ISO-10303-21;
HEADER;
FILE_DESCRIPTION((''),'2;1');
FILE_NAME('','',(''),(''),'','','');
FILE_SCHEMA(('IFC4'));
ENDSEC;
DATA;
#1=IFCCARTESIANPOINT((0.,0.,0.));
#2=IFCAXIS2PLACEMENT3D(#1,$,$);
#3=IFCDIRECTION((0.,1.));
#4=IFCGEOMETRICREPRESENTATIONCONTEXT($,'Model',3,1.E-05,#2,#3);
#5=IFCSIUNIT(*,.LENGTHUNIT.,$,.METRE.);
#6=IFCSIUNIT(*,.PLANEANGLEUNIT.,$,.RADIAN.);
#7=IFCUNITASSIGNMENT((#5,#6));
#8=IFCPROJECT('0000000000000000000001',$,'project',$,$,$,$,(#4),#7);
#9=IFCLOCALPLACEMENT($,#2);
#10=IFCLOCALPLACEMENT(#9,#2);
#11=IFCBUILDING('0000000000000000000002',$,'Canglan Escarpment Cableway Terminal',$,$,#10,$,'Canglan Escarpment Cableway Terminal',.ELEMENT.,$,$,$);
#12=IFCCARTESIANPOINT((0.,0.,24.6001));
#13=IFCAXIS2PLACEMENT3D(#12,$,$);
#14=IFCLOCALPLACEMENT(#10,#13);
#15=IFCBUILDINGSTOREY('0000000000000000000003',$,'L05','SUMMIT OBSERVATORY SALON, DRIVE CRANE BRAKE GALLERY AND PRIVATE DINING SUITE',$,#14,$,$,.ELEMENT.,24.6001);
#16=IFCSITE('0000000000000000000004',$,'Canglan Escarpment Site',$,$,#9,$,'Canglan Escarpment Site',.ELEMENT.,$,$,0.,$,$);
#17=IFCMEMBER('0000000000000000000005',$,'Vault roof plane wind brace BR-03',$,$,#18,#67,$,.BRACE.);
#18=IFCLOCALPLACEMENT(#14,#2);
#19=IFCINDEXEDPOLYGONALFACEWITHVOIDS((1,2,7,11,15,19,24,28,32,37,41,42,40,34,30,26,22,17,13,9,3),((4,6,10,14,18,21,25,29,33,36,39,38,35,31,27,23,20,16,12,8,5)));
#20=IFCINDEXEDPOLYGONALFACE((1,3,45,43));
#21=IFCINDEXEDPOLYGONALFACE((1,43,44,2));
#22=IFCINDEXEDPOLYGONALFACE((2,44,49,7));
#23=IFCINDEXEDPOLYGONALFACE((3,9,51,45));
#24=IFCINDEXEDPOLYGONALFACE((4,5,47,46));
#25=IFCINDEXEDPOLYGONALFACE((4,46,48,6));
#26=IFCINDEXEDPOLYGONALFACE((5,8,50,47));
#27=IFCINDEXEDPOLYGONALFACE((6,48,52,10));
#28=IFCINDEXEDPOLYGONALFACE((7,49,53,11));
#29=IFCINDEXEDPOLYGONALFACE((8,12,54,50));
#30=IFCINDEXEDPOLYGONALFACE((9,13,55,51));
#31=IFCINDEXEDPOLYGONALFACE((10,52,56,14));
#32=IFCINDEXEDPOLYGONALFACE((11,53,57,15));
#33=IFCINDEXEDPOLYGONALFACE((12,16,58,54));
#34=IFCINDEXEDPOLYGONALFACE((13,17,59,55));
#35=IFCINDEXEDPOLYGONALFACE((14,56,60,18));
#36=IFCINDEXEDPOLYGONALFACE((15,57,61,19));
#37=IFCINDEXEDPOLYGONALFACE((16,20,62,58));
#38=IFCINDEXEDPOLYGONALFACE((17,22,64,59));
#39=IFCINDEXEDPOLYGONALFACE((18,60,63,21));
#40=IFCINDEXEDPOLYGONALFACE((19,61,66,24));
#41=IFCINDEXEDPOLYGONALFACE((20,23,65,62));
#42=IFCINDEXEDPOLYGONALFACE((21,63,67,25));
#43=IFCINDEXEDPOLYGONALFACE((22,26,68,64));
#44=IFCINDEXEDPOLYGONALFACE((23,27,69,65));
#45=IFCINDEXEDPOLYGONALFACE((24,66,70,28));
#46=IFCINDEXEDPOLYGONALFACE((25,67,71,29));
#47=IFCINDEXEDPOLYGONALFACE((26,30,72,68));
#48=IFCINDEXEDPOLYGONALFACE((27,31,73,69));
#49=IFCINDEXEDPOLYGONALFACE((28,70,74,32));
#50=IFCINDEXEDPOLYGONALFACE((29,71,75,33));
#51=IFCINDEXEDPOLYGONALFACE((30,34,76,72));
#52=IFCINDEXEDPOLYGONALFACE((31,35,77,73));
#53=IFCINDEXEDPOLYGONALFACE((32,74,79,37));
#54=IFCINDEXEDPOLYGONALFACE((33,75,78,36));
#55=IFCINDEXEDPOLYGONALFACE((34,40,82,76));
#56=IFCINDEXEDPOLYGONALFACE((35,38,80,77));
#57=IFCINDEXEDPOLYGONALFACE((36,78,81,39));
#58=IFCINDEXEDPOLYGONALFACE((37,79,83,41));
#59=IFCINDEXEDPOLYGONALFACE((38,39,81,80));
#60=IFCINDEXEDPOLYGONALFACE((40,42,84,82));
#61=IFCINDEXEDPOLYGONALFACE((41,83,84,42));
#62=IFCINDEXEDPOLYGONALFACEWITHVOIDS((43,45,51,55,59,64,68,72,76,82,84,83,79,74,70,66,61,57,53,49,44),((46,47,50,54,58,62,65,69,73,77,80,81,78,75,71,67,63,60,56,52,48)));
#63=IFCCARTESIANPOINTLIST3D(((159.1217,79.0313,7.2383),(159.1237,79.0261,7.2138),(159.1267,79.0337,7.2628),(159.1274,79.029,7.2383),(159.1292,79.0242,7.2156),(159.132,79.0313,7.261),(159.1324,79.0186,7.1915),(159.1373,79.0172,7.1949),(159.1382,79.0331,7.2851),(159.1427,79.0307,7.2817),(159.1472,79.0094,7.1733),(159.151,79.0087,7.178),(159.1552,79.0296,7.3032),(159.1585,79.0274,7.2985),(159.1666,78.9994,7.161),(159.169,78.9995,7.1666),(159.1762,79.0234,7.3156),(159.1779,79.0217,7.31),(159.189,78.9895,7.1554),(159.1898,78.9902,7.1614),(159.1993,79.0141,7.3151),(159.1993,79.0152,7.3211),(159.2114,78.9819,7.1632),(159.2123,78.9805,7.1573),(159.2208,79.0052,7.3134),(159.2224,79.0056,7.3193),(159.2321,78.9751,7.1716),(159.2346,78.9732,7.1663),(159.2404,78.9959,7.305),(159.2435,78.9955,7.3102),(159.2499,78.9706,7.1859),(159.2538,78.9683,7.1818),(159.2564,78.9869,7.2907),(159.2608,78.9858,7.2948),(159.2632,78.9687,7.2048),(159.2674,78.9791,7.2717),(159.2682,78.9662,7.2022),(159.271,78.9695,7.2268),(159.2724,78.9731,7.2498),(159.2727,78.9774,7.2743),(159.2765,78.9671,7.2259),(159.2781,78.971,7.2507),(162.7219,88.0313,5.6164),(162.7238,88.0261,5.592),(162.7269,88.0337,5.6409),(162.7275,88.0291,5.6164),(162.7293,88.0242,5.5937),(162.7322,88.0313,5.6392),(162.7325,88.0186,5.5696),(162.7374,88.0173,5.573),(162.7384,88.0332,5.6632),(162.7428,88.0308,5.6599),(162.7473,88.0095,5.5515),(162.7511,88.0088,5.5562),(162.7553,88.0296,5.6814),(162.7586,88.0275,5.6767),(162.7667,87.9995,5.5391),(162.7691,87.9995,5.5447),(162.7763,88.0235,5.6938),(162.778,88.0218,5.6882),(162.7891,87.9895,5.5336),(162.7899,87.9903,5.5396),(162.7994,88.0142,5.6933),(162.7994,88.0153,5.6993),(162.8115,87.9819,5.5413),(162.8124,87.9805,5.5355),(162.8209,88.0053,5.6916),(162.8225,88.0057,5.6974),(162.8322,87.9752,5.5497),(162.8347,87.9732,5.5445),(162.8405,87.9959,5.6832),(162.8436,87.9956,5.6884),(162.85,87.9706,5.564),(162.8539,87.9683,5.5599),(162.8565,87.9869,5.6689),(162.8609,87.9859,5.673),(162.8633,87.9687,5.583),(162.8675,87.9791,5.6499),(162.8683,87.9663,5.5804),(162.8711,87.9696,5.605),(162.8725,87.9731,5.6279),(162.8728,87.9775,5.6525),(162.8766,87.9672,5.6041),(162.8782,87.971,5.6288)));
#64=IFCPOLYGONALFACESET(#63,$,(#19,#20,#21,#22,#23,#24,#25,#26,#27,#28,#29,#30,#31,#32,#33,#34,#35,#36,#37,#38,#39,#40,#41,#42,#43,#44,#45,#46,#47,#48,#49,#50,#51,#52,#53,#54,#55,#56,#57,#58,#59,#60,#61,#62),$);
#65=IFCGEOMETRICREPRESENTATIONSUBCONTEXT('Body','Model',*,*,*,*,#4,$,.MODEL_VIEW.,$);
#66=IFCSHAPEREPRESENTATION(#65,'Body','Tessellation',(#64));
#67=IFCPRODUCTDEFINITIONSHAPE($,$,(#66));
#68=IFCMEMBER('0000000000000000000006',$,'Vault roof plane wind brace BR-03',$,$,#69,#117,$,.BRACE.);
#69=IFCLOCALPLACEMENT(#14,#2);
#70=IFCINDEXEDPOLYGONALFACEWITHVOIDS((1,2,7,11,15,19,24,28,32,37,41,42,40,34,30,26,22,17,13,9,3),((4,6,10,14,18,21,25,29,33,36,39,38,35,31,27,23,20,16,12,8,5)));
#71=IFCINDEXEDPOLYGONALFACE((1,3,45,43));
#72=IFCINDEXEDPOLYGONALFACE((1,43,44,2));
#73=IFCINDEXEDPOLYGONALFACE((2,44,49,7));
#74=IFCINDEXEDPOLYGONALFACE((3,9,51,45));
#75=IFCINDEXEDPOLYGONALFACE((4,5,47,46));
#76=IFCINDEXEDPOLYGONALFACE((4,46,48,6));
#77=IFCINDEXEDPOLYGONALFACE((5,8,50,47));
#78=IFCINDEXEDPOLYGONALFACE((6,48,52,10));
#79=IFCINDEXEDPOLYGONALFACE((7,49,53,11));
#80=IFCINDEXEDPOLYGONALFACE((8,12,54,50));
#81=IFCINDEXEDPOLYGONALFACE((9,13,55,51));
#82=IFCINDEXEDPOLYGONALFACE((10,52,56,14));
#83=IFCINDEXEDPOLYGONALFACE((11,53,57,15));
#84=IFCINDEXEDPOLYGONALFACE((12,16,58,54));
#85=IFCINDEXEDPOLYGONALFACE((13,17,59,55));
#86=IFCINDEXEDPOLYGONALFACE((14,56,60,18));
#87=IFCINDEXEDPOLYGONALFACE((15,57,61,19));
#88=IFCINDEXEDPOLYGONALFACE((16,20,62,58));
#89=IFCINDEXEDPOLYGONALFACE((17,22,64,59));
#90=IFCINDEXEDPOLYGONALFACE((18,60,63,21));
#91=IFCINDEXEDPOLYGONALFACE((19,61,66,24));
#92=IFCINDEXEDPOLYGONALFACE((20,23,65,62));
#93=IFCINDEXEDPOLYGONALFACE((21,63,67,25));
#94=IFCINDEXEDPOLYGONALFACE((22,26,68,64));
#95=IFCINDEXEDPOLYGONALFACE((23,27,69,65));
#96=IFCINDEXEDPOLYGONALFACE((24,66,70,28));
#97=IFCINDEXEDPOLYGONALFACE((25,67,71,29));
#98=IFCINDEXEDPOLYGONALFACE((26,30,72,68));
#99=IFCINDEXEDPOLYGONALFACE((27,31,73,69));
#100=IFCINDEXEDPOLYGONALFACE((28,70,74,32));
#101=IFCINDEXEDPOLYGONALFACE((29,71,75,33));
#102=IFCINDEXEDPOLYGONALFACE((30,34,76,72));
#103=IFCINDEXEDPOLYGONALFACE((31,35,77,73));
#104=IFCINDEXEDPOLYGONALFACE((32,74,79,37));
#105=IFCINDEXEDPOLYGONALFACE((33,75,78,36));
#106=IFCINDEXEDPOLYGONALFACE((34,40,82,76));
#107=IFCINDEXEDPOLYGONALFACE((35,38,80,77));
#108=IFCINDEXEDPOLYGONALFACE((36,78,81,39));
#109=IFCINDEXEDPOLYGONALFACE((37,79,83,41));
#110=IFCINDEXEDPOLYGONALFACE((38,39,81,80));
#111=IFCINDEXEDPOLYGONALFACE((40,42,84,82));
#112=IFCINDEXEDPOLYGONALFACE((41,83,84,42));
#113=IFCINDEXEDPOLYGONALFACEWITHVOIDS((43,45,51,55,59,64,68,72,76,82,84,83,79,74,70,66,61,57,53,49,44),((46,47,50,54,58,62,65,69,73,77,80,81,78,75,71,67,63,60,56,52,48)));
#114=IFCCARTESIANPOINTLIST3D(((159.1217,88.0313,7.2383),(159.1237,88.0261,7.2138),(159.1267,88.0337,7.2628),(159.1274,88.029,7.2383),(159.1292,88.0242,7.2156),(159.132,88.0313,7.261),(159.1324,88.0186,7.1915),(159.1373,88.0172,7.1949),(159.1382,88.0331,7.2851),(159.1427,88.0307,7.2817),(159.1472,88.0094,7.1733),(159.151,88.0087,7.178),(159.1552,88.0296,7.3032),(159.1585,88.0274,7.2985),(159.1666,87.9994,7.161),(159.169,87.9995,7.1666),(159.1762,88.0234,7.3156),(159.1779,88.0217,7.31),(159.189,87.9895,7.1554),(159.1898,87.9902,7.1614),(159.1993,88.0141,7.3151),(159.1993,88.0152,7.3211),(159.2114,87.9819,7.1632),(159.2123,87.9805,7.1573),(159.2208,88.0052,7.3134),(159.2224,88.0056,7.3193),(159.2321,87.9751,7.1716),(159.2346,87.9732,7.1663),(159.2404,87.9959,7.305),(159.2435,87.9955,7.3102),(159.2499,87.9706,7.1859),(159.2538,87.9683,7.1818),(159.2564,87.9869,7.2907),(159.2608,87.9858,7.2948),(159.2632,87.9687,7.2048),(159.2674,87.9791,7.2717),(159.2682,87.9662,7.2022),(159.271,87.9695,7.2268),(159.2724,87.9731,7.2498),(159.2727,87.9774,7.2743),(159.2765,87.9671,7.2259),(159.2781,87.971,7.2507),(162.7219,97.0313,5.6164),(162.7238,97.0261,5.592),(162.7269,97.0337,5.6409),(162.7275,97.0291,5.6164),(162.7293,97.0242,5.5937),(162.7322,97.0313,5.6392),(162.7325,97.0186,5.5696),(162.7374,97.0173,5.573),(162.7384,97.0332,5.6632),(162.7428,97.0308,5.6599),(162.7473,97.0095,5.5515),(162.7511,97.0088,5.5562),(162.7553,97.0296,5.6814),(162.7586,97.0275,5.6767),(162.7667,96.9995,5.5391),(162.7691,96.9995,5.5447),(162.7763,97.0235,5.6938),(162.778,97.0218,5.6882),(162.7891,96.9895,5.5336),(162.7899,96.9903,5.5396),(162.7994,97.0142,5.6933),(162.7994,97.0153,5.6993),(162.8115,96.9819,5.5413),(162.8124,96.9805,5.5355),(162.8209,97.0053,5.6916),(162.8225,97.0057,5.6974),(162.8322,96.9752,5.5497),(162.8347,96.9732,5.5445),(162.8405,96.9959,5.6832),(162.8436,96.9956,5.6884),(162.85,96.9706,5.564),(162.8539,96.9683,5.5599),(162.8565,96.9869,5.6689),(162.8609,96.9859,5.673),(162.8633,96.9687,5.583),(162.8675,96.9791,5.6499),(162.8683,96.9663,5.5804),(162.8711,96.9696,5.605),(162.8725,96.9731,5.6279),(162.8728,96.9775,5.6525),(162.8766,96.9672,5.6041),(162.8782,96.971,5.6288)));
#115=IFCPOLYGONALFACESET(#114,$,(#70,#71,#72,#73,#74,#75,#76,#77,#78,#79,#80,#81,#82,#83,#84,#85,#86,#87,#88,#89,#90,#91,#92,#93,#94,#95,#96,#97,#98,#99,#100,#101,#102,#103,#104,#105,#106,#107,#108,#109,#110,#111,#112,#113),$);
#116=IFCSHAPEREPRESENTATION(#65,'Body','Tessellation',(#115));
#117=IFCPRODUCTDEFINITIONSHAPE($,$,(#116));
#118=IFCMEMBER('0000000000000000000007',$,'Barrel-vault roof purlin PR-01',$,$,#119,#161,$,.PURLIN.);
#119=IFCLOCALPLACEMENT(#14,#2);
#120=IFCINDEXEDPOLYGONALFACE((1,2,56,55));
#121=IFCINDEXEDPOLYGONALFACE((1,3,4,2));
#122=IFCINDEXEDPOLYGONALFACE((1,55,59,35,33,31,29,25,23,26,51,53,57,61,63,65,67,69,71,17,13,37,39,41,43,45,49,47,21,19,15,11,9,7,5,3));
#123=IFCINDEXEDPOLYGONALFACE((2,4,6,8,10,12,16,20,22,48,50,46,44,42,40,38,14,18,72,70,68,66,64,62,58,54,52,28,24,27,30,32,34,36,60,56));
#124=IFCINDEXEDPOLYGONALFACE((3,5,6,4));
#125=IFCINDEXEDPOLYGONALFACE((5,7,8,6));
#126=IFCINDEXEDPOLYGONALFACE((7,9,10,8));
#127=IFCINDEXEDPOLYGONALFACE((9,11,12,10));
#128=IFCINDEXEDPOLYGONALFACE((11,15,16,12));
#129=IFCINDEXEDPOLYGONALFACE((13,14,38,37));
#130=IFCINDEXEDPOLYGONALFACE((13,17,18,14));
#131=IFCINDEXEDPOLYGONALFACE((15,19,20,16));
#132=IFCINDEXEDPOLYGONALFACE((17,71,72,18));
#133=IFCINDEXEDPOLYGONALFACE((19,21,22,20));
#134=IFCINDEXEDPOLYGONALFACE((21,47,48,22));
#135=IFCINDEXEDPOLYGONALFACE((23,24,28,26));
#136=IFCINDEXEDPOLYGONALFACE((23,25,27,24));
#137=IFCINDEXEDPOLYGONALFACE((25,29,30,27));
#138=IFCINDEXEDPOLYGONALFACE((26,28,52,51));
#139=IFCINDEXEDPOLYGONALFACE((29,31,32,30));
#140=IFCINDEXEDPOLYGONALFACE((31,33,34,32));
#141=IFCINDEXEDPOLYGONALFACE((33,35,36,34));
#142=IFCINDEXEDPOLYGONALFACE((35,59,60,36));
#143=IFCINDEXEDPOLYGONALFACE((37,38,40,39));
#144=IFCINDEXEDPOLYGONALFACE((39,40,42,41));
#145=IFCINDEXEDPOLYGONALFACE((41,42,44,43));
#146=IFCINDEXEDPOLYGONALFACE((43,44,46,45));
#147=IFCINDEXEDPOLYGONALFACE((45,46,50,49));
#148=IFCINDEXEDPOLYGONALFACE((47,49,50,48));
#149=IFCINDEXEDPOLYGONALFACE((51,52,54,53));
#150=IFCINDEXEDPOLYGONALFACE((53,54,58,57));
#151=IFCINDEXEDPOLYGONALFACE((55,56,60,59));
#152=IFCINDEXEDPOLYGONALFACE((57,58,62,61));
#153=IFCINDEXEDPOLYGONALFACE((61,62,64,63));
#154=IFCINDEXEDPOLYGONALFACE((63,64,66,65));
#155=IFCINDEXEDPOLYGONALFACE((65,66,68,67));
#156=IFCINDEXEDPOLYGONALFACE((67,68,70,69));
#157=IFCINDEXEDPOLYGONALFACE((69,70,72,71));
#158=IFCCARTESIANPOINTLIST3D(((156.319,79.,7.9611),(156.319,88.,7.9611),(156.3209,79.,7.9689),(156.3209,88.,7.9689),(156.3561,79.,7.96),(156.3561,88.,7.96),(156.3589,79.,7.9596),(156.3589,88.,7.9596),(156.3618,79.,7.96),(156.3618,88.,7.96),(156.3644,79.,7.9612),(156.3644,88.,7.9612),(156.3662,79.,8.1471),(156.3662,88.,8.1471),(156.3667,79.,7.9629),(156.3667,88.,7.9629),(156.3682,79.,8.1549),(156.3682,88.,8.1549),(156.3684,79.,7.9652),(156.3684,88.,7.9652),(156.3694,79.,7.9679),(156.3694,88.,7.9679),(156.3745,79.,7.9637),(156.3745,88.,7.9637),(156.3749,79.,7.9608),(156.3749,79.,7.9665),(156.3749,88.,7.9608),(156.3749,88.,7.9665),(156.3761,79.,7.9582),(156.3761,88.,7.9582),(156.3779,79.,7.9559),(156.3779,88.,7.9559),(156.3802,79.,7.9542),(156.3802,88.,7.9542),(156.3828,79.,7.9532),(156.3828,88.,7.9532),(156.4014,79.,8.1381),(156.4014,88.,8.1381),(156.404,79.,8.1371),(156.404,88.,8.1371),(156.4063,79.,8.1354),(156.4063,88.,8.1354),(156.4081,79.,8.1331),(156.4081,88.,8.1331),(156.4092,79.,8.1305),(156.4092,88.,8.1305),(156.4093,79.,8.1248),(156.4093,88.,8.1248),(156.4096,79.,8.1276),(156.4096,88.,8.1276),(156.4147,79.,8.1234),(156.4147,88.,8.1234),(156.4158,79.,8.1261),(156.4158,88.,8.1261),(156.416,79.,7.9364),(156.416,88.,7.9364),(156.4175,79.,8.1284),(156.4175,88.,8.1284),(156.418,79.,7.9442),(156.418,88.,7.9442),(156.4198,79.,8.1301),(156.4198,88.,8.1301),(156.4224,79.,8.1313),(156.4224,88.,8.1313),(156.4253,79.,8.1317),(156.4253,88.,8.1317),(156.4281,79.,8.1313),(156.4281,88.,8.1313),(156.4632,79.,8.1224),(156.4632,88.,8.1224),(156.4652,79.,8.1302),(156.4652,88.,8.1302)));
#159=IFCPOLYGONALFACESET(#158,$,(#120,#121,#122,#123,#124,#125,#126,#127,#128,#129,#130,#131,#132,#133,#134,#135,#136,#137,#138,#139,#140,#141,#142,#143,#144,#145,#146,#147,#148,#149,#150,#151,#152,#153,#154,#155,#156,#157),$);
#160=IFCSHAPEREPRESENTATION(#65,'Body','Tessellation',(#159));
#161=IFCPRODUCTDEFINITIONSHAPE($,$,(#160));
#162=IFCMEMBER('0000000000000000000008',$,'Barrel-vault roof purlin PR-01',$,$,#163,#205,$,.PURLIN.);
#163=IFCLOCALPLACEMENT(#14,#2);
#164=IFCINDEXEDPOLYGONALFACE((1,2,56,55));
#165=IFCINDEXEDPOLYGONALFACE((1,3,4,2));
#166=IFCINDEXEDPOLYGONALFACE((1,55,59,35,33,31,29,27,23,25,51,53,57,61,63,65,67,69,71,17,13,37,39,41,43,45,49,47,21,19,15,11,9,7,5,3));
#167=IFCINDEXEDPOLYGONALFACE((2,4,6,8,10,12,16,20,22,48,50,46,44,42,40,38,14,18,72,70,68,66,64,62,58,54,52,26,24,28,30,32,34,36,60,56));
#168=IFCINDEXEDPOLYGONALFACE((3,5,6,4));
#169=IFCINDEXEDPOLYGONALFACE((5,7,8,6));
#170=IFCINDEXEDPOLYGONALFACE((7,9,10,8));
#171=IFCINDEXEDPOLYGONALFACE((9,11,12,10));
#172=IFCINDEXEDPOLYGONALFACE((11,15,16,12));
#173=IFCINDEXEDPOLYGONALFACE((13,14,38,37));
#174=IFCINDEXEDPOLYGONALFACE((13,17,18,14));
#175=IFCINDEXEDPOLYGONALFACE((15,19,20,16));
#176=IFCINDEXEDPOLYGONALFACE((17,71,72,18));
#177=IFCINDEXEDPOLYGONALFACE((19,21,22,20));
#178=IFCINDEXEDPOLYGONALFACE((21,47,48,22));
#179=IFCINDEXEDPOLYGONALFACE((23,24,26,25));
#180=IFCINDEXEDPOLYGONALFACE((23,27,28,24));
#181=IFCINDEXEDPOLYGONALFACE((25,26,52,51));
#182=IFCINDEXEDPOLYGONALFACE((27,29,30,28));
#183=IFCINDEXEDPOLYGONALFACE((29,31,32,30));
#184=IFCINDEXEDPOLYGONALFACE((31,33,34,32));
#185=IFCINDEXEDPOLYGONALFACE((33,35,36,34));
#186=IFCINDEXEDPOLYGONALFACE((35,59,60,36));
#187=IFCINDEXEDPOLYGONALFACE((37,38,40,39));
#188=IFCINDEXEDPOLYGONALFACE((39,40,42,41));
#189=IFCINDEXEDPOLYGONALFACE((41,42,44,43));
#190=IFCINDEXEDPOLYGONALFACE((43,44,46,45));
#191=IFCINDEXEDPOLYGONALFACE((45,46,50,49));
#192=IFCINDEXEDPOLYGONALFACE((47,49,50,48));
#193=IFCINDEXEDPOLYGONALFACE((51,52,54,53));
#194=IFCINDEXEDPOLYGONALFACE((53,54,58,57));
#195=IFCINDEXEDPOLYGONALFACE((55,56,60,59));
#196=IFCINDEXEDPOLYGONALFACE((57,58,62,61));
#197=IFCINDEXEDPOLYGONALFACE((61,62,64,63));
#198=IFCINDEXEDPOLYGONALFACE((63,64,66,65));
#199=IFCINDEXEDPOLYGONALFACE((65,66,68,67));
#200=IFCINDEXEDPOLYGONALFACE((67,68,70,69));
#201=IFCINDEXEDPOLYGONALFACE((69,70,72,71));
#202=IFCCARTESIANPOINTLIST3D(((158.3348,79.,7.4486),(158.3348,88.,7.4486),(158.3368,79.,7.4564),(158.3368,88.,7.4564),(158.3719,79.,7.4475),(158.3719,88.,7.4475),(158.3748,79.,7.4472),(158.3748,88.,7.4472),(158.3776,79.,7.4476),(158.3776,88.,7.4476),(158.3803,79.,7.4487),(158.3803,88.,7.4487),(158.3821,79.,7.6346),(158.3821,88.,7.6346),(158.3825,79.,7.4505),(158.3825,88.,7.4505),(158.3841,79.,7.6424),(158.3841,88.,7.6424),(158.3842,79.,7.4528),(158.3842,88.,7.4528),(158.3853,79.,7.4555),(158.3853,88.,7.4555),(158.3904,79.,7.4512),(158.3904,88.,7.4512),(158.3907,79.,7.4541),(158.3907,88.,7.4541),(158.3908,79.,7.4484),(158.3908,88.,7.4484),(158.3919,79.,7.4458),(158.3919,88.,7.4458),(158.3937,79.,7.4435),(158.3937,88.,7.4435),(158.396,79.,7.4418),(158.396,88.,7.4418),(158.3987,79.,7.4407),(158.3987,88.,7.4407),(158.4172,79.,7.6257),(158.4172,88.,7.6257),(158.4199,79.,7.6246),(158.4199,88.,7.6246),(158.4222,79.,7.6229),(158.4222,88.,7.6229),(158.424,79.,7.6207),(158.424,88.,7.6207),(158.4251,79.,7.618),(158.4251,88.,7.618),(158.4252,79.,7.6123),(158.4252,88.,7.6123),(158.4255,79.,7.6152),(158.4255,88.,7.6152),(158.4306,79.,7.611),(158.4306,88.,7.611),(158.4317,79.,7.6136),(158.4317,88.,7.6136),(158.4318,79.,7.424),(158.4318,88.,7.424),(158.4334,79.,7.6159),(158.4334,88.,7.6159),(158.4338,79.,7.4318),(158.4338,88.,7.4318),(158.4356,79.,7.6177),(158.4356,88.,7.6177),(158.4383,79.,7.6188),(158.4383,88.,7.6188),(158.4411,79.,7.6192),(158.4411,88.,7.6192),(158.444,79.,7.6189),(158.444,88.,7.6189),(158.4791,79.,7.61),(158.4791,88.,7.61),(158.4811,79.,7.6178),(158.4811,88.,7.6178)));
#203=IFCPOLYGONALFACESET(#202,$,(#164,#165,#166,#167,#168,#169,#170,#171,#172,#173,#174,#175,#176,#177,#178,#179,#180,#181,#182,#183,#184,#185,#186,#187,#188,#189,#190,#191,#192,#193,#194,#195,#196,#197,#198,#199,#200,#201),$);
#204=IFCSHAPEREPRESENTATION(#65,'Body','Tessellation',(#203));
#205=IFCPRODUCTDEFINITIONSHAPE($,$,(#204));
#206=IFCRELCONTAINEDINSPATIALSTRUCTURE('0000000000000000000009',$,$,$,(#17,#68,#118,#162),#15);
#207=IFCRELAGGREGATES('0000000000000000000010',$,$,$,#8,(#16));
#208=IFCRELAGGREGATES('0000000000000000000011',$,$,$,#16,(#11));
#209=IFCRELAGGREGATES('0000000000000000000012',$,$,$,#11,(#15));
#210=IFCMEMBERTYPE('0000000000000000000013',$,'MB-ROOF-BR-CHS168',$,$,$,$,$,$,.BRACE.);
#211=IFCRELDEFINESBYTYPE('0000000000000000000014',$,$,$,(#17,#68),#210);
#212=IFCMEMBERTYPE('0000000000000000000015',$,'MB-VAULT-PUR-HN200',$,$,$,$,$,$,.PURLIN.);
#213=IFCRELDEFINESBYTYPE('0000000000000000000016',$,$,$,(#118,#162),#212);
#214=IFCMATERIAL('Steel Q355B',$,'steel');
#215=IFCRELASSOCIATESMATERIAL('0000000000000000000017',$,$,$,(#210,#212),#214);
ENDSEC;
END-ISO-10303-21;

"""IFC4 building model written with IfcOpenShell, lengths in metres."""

from ifc_helpers import new_model, si_unit, direction, frame, origin, origin_2d, place, context, subcontext, project, spatial, hollow_circle, i_section, extrude, material, material_profile, profile_set, type_object, element, save


model = new_model("IFC4")

# Units and contexts
model_context = context("Model", 3, precision=1e-05, world=origin(), true_north=direction((0.0, 1.0)))
body_context = subcontext(model_context, "Body", "Model", "MODEL_VIEW")
ifc_project = project(units=[si_unit("LENGTHUNIT", "METRE"), si_unit("PLANEANGLEUNIT", "RADIAN")], contexts=[model_context])

# Site, building, storey
site_placement = place(None, origin())
site = spatial("IfcSite", under=ifc_project, at=site_placement, Name="Canglan Escarpment Site", LongName="Canglan Escarpment Site", CompositionType="ELEMENT", RefElevation=0.0)
building_placement = place(site_placement, origin())
building = spatial("IfcBuilding", under=site, at=building_placement, Name="Canglan Escarpment Cableway Terminal", LongName="Canglan Escarpment Cableway Terminal", CompositionType="ELEMENT")
storey_placement = place(building_placement, frame((0.0, 0.0, 24.6001)))
storey = spatial("IfcBuildingStorey", under=building, at=storey_placement, Name="L05", Description="SUMMIT OBSERVATORY SALON, DRIVE CRANE BRAKE GALLERY AND PRIVATE DINING SUITE", CompositionType="ELEMENT", Elevation=24.6001)

# Shared definitions
ifc_material = material(Name="Steel Q355B", Category="steel")

# Members
ifc_material_profile_1 = material_profile(ifc_material, hollow_circle(Radius=0.0842, WallThickness=0.0061, at=origin_2d()), Name="CHS 168.3x6")
ifc_profile_set_1 = profile_set([ifc_material_profile_1], Name="Steel Q355B")
member_type_1 = type_object("IfcMemberType", Name="MB-ROOF-BR-CHS168", PredefinedType="BRACE", material=ifc_profile_set_1)
for number, where, z_axis, x_axis, name in (
    (1, (159.2, 79.0, 7.2383), (0.366308, 0.915744, -0.16502), (-0.928473, 0.371399, 0.0), "Vault roof plane wind brace BR-03"),
    (2, (159.2, 88.0, 7.2383), (0.366308, 0.915744, -0.16502), (-0.928473, 0.371399, 0.0), "Vault roof plane wind brace BR-03"),
):
    element("IfcMember", number, at=place(storey_placement, frame(where, z_axis=z_axis, x_axis=x_axis)), inside=storey, type_object=member_type_1, Name=name, PredefinedType="BRACE", context=body_context, shape_type="SweptSolid", body=[
        extrude(hollow_circle(Radius=0.0842, WallThickness=0.0061, at=origin_2d()), origin(), (0.0, 0.0, 1.0), 9.8281),
    ])
ifc_material_profile_2 = material_profile(ifc_material, i_section(OverallWidth=0.1001, OverallDepth=0.2, WebThickness=0.0056, FlangeThickness=0.0081, FilletRadius=0.011, at=origin_2d()), Name="HN 200x100x5.5x8")
ifc_profile_set_2 = profile_set([ifc_material_profile_2], Name="Steel Q355B")
member_type_2 = type_object("IfcMemberType", Name="MB-VAULT-PUR-HN200", PredefinedType="PURLIN", material=ifc_profile_set_2)
for number, where, z_axis, x_axis, name in (
    (3, (156.3921, 79.0, 8.0457), (0.0, 1.0, 0.0), (-0.969184, 0.0, 0.246339), "Barrel-vault roof purlin PR-01"),
    (4, (158.408, 79.0, 7.5332), (0.0, 1.0, 0.0), (-0.969184, 0.0, 0.246339), "Barrel-vault roof purlin PR-01"),
):
    element("IfcMember", number, at=place(storey_placement, frame(where, z_axis=z_axis, x_axis=x_axis)), inside=storey, type_object=member_type_2, Name=name, PredefinedType="PURLIN", context=body_context, shape_type="SweptSolid", body=[
        extrude(i_section(OverallWidth=0.1001, OverallDepth=0.2, WebThickness=0.0056, FlangeThickness=0.0081, FilletRadius=0.011, at=origin_2d()), origin(), (0.0, 0.0, 1.0), 9.0),
    ])

save(model, "model.ifc")
